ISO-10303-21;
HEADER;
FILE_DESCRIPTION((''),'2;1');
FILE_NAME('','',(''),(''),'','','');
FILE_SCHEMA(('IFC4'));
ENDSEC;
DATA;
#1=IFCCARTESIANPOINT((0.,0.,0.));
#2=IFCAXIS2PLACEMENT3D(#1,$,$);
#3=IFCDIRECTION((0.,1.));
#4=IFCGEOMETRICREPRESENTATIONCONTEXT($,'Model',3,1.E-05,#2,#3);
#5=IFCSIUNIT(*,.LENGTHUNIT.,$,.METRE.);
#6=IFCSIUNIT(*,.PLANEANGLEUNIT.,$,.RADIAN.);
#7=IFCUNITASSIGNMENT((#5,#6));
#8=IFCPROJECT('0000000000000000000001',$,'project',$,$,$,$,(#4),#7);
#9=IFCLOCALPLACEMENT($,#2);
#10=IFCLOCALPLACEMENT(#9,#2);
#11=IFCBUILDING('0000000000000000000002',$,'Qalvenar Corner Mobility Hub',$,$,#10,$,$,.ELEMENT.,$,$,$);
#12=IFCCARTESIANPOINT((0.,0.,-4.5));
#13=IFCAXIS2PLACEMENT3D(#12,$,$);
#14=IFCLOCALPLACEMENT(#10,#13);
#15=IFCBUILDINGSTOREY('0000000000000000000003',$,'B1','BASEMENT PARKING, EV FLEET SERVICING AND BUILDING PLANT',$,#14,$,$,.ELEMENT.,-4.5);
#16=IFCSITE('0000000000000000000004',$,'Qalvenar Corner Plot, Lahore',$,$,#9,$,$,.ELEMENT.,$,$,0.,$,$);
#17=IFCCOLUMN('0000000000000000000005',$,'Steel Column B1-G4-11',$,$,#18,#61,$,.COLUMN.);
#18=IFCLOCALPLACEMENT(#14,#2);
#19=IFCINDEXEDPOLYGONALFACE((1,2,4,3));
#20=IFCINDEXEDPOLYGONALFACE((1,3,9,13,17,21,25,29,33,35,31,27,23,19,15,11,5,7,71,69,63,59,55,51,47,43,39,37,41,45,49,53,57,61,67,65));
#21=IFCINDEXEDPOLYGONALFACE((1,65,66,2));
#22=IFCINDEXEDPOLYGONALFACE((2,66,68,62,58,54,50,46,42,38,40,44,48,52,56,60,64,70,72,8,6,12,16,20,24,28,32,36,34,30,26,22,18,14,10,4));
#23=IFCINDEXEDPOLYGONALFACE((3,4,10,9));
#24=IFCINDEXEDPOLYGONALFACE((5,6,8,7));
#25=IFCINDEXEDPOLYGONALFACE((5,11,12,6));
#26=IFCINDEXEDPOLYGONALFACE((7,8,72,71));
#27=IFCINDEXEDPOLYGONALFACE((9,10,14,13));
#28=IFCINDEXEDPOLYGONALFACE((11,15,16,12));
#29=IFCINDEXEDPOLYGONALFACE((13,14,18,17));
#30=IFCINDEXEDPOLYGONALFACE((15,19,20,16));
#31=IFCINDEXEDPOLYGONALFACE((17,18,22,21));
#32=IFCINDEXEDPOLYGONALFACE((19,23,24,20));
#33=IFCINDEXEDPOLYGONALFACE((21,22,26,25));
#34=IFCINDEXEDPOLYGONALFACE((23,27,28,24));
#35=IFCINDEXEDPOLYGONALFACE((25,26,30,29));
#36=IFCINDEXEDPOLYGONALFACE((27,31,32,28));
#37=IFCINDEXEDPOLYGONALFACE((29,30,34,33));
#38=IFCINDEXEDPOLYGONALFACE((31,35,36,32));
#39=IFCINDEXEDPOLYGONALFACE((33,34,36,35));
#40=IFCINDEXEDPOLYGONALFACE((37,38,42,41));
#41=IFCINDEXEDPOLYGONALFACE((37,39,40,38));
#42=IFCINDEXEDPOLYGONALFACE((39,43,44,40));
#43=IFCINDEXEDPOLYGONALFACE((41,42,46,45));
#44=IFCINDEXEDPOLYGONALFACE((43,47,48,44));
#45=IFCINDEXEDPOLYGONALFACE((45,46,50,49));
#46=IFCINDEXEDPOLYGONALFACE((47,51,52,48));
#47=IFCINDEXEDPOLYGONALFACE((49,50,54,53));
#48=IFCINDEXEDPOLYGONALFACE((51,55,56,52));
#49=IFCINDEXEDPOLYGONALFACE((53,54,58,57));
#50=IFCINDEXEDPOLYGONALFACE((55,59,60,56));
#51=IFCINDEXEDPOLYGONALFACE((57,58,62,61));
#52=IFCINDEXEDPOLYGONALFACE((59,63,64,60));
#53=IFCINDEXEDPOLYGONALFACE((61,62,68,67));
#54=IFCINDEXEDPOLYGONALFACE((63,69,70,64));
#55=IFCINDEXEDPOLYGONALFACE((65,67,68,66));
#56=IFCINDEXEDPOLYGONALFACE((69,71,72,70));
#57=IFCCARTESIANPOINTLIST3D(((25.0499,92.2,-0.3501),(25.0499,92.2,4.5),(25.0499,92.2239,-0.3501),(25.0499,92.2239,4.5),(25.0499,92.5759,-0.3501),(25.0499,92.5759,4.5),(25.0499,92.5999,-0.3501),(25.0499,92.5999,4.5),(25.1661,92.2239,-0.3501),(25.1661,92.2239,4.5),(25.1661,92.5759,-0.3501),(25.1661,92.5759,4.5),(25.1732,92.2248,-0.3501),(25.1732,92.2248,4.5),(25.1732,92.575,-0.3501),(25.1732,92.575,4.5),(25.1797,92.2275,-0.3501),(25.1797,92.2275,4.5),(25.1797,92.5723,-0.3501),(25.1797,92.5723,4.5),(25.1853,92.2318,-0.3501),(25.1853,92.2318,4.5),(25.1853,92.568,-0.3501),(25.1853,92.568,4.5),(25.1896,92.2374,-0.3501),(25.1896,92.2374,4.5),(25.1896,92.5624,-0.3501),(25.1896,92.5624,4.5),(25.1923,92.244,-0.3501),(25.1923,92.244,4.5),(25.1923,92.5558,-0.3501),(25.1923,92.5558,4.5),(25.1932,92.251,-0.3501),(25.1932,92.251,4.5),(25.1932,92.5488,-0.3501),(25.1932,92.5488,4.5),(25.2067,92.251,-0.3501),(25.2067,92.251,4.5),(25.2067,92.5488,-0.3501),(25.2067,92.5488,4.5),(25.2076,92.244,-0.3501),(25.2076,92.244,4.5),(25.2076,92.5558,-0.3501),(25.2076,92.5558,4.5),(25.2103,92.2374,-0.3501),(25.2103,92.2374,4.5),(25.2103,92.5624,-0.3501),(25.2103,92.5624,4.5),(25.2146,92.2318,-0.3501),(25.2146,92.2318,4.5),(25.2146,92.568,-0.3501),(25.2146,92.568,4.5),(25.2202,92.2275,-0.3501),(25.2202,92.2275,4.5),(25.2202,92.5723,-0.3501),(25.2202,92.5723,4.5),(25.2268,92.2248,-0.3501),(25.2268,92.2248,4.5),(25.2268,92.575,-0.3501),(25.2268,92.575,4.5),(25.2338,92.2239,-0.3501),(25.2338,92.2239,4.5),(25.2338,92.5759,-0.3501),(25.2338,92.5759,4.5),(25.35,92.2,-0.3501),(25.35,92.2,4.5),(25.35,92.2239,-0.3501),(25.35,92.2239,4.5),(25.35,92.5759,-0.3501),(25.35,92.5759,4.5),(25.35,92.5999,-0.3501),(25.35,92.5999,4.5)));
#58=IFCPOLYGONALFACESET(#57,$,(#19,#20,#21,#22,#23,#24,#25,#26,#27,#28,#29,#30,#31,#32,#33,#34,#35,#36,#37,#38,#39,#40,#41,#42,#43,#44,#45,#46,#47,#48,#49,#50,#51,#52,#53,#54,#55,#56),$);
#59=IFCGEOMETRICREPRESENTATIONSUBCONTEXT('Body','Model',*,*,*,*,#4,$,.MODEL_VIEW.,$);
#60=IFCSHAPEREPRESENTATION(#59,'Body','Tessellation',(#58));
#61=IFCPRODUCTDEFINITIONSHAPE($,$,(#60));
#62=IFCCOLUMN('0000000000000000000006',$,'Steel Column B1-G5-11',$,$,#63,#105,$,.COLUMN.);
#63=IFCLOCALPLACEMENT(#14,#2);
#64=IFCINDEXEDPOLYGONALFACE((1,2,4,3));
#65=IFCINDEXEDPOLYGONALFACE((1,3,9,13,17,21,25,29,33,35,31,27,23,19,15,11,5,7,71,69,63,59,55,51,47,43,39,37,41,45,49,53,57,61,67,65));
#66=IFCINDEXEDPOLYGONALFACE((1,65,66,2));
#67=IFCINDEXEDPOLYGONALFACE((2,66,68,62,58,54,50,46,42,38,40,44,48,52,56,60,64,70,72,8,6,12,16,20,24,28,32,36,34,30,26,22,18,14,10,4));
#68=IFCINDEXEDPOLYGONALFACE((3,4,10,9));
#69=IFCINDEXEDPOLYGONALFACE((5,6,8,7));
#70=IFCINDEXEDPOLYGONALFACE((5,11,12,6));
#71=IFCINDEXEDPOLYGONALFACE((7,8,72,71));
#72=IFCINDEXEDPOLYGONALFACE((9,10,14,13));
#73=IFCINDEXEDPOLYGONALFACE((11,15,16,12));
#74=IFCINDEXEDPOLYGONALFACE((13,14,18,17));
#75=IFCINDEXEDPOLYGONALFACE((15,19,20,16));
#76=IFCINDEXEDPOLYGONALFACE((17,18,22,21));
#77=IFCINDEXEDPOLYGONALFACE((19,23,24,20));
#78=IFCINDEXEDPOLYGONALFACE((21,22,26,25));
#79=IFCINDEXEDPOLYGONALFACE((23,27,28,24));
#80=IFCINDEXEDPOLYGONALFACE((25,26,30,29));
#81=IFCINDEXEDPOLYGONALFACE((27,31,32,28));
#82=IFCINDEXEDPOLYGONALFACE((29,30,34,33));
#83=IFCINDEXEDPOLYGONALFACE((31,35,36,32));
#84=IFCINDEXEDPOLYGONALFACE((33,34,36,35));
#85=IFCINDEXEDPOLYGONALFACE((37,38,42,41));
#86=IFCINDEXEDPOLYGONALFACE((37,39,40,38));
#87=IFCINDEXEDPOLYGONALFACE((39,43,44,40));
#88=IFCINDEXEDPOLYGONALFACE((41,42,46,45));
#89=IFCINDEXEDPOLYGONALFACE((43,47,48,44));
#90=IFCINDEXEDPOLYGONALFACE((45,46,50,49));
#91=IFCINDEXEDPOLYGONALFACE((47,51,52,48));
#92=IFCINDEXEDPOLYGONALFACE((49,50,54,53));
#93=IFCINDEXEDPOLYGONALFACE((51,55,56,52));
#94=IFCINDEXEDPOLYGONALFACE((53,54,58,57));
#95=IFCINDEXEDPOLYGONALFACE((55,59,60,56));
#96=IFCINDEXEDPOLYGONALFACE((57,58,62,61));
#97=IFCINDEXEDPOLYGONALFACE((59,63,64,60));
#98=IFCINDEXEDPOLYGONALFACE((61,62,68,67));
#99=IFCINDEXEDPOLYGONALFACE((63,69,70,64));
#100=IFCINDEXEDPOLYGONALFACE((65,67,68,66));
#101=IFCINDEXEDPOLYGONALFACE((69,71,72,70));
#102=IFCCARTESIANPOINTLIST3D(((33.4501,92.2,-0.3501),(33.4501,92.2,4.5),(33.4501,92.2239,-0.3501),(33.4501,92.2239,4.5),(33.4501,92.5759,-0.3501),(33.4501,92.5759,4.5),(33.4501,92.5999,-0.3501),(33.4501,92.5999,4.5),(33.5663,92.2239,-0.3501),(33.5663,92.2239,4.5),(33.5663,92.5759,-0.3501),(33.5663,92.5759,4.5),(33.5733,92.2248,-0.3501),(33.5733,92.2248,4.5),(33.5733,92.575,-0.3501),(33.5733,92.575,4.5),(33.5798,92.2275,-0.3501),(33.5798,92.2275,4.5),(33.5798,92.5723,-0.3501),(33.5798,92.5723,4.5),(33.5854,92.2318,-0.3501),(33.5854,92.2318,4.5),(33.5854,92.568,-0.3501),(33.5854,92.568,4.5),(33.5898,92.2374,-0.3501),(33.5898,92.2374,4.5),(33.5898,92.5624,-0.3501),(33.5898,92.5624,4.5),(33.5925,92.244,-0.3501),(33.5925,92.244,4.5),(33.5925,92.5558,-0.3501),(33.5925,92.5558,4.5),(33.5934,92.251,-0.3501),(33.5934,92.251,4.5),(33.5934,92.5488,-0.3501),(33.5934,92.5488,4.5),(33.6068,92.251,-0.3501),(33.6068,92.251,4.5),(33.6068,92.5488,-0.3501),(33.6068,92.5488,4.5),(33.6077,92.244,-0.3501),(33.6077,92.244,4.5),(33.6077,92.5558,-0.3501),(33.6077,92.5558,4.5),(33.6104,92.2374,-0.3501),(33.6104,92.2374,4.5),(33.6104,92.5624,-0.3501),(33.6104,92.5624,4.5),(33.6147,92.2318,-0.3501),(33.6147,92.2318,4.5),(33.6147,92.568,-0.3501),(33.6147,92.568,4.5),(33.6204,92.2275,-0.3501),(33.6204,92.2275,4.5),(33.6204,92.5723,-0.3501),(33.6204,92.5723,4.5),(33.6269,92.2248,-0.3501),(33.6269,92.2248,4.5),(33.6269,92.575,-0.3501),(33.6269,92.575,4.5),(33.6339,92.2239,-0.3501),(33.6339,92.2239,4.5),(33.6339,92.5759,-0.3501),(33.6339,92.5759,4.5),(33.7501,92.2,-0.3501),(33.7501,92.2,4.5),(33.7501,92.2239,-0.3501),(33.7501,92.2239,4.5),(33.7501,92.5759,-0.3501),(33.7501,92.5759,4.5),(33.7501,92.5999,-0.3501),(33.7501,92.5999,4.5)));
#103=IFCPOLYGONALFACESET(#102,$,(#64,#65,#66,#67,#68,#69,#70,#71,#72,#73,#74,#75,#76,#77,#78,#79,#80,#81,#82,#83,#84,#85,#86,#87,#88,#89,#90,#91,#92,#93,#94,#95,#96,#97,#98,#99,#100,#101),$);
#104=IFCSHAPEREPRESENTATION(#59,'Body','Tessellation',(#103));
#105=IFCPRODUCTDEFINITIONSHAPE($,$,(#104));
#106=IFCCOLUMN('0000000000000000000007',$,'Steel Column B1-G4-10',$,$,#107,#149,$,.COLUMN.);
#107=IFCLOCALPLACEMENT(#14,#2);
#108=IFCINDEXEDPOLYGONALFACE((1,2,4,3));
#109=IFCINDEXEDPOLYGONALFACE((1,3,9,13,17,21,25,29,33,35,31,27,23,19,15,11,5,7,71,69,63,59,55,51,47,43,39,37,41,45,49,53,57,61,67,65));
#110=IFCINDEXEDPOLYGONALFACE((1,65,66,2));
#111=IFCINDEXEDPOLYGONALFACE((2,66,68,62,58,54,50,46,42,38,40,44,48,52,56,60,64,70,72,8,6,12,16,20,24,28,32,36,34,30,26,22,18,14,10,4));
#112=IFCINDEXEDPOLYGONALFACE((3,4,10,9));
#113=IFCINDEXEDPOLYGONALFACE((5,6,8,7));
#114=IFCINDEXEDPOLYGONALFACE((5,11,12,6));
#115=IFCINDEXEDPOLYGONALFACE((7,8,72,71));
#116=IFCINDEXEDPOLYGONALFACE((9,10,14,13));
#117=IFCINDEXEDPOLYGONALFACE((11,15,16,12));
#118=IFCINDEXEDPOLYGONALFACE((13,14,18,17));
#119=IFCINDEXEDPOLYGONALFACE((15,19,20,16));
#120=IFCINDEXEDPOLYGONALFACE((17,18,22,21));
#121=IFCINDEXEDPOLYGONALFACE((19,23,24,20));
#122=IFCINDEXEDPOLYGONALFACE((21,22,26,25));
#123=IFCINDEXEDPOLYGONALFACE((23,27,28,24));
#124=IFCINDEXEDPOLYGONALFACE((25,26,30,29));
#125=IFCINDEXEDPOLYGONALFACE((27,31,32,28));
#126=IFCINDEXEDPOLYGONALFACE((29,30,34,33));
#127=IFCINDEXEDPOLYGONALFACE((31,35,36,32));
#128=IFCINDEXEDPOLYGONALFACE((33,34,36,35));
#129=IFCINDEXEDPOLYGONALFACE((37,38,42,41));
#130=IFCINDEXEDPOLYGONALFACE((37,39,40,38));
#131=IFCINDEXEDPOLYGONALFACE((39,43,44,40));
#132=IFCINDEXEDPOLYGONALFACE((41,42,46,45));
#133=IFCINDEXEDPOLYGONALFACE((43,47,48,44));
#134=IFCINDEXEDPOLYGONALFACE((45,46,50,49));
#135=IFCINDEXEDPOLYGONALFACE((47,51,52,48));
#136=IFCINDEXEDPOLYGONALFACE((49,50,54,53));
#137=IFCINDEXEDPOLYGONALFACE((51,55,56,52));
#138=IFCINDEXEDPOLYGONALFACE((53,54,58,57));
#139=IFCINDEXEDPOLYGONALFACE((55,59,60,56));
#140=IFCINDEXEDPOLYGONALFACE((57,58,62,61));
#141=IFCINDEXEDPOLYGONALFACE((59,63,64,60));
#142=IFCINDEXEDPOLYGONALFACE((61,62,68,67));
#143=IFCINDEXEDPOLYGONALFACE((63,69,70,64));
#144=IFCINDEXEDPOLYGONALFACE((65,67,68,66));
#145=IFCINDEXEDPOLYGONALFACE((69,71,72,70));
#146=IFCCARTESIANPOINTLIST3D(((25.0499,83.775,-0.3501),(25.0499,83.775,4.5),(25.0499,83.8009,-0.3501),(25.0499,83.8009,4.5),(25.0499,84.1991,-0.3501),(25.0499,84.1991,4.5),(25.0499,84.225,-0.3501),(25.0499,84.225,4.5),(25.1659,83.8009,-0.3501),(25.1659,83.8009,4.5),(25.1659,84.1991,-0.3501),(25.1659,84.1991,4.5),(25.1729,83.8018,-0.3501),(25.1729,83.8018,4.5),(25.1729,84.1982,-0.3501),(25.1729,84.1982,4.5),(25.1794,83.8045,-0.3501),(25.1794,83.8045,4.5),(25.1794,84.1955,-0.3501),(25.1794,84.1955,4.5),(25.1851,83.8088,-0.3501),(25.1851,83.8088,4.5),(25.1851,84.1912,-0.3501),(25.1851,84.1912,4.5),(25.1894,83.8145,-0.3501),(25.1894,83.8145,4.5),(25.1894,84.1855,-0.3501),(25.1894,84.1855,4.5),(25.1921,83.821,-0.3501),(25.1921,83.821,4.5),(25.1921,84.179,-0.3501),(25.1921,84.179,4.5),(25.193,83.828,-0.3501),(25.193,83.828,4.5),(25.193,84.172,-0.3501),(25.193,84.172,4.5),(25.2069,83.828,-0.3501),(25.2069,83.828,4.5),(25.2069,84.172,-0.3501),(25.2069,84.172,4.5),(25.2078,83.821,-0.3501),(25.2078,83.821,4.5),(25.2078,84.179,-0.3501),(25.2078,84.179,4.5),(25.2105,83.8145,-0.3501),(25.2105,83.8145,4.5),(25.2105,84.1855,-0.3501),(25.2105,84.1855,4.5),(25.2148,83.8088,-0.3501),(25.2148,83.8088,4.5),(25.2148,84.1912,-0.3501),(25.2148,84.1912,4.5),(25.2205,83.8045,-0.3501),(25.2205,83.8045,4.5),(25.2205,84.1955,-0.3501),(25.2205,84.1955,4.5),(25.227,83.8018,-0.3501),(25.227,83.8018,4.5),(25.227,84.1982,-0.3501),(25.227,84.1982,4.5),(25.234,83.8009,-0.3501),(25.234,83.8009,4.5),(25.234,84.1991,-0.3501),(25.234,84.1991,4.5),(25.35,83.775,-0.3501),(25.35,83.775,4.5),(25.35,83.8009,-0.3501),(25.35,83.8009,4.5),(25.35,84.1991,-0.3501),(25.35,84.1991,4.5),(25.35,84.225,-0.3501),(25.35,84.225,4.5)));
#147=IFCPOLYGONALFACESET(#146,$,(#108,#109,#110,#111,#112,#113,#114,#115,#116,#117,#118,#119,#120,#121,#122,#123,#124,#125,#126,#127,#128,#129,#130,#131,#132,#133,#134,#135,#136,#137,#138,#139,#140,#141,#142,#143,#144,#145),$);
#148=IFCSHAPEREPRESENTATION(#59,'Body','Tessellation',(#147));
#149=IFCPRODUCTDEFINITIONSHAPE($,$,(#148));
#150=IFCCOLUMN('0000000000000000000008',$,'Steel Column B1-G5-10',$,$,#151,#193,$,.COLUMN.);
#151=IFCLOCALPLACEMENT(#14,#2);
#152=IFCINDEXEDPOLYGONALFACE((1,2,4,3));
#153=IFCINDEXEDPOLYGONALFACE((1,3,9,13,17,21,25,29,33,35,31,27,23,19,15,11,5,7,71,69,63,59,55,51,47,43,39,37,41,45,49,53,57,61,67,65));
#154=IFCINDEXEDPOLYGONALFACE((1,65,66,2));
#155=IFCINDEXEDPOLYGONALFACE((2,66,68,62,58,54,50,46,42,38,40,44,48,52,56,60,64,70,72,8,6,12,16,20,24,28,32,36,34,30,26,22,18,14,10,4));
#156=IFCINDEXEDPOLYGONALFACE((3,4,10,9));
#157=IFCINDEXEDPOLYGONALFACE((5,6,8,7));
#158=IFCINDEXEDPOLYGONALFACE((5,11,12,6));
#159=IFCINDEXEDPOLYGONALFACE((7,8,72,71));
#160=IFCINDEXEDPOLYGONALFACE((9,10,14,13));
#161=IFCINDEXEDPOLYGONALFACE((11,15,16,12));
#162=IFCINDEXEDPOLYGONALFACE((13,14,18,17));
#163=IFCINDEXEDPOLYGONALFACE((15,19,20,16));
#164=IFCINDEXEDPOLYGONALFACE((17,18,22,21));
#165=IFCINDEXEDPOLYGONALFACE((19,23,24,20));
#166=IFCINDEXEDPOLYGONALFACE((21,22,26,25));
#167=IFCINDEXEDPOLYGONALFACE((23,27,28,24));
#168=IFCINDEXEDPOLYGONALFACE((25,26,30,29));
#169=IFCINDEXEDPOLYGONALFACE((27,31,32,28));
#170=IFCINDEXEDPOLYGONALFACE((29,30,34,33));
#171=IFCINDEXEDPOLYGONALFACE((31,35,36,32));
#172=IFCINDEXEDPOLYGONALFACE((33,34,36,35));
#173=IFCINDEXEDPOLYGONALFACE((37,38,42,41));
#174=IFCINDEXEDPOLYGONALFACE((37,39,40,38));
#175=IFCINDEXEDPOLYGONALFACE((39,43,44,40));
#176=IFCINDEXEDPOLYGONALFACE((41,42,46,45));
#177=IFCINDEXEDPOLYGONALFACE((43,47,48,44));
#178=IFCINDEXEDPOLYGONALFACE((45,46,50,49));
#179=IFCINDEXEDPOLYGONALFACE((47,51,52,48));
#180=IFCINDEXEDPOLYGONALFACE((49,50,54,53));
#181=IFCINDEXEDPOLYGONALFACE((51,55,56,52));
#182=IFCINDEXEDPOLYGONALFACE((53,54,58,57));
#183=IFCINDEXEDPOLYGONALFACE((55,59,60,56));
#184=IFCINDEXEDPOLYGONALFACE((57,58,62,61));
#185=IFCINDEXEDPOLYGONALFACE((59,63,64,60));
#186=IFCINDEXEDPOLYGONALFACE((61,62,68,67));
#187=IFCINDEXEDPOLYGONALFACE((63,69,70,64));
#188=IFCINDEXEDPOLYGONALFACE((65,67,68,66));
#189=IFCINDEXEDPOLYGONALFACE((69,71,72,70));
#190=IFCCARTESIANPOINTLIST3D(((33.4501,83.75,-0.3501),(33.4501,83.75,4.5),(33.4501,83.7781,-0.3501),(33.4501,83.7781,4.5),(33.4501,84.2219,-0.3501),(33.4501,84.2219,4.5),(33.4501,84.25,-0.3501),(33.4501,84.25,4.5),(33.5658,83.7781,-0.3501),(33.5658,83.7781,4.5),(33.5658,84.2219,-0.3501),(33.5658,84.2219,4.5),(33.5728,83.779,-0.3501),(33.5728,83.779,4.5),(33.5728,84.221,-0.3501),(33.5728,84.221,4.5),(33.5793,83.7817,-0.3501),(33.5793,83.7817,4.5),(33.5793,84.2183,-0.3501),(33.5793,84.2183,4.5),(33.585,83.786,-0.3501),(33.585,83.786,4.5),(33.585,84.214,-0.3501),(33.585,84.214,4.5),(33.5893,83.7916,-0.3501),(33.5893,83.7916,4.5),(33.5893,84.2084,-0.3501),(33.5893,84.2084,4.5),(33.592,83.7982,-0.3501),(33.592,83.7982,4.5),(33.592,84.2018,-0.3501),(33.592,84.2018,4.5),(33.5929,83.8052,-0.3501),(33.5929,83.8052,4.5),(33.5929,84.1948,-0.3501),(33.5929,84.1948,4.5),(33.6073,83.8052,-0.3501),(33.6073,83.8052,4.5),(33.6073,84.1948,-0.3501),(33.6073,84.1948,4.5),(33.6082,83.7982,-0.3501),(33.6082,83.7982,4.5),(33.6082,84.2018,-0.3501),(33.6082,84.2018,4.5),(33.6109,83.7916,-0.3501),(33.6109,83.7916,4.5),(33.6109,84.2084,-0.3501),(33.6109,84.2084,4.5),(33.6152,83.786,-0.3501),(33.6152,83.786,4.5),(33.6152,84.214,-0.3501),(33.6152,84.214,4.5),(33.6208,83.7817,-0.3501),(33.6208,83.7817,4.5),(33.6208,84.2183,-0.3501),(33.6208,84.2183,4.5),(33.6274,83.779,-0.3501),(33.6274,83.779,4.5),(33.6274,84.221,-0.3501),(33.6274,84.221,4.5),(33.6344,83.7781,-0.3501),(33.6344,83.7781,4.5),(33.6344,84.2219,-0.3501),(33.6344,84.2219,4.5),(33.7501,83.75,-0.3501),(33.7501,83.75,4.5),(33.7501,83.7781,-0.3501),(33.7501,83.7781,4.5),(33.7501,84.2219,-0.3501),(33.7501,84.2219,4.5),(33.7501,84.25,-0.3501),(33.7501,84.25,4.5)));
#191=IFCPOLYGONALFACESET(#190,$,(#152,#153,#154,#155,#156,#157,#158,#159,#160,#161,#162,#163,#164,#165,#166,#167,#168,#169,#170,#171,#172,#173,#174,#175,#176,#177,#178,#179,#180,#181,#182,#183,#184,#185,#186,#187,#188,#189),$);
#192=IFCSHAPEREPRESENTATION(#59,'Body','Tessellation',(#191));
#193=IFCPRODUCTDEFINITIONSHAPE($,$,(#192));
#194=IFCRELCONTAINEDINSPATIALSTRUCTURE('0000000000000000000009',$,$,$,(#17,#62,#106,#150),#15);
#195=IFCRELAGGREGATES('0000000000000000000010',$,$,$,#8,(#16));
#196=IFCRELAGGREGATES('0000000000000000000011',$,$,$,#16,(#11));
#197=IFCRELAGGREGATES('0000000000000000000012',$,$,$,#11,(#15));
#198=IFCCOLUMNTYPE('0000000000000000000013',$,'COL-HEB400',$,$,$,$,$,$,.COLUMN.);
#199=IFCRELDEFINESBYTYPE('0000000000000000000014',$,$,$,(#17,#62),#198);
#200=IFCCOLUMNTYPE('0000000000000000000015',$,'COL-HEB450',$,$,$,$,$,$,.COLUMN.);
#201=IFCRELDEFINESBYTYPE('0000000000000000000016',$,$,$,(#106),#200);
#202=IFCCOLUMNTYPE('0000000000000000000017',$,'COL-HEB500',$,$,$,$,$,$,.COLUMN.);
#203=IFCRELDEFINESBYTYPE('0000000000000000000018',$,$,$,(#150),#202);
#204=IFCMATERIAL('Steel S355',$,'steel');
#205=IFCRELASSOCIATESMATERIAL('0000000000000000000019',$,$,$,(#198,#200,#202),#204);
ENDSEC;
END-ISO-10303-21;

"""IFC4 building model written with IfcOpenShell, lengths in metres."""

from ifc_helpers import new_model, si_unit, direction, frame, origin, origin_2d, place, context, subcontext, project, spatial, i_section, extrude, material, material_profile, profile_set, type_object, element, save


model = new_model("IFC4")

# Units and contexts
model_context = context("Model", 3, precision=1e-05, world=origin(), true_north=direction((0.0, 1.0)))
body_context = subcontext(model_context, "Body", "Model", "MODEL_VIEW")
ifc_project = project(units=[si_unit("LENGTHUNIT", "METRE"), si_unit("PLANEANGLEUNIT", "RADIAN")], contexts=[model_context])

# Site, building, storey
site_placement = place(None, origin())
site = spatial("IfcSite", under=ifc_project, at=site_placement, Name="Qalvenar Corner Plot, Lahore", CompositionType="ELEMENT", RefElevation=0.0)
building_placement = place(site_placement, origin())
building = spatial("IfcBuilding", under=site, at=building_placement, Name="Qalvenar Corner Mobility Hub", CompositionType="ELEMENT")
storey_placement = place(building_placement, frame((0.0, 0.0, -4.5)))
storey = spatial("IfcBuildingStorey", under=building, at=storey_placement, Name="B1", Description="BASEMENT PARKING, EV FLEET SERVICING AND BUILDING PLANT", CompositionType="ELEMENT", Elevation=-4.5)

# Columns
ifc_material_1 = material(Name="Steel S355", Category="steel")
ifc_material_profile_1 = material_profile(ifc_material_1, i_section(OverallWidth=0.3, OverallDepth=0.3999, WebThickness=0.0134, FlangeThickness=0.0239, FilletRadius=0.0271, at=origin_2d()), Name="HEB400")
ifc_profile_set_1 = profile_set([ifc_material_profile_1], Name="Steel S355")
column_type_1 = type_object("IfcColumnType", Name="COL-HEB400", PredefinedType="COLUMN", material=ifc_profile_set_1)
for number, where, z_axis, x_axis, name in (
    (1, (25.2, 92.3999, -0.3501), (0.0, 0.0, 1.0), (1.0, 0.0, 0.0), "Steel Column B1-G4-11"),
    (2, (33.6001, 92.3999, -0.3501), (0.0, 0.0, 1.0), (1.0, 0.0, 0.0), "Steel Column B1-G5-11"),
):
    element("IfcColumn", number, at=place(storey_placement, frame(where, z_axis=z_axis, x_axis=x_axis)), inside=storey, type_object=column_type_1, Name=name, PredefinedType="COLUMN", context=body_context, shape_type="SweptSolid", body=[
        extrude(i_section(OverallWidth=0.3, OverallDepth=0.3999, WebThickness=0.0134, FlangeThickness=0.0239, FilletRadius=0.0271, at=origin_2d()), origin(), (0.0, 0.0, 1.0), 4.8501),
    ])
ifc_material_profile_2 = material_profile(ifc_material_1, i_section(OverallWidth=0.3, OverallDepth=0.45, WebThickness=0.0139, FlangeThickness=0.0259, FilletRadius=0.0271, at=origin_2d()), Name="HEB450")
ifc_profile_set_2 = profile_set([ifc_material_profile_2], Name="Steel S355")
column_type_2 = type_object("IfcColumnType", Name="COL-HEB450", PredefinedType="COLUMN", material=ifc_profile_set_2)
column_1_placement = place(storey_placement, frame((25.2, 84.0, -0.3501), z_axis=(0.0, 0.0, 1.0), x_axis=(1.0, 0.0, 0.0)))
element("IfcColumn", 3, at=column_1_placement, inside=storey, type_object=column_type_2, Name="Steel Column B1-G4-10", PredefinedType="COLUMN", context=body_context, shape_type="SweptSolid", body=[
    extrude(i_section(OverallWidth=0.3, OverallDepth=0.45, WebThickness=0.0139, FlangeThickness=0.0259, FilletRadius=0.0271, at=origin_2d()), origin(), (0.0, 0.0, 1.0), 4.8501),
])
ifc_material_profile_3 = material_profile(ifc_material_1, i_section(OverallWidth=0.3, OverallDepth=0.5, WebThickness=0.0144, FlangeThickness=0.0281, FilletRadius=0.0271, at=origin_2d()), Name="HEB500")
ifc_profile_set_3 = profile_set([ifc_material_profile_3], Name="Steel S355")
column_type_3 = type_object("IfcColumnType", Name="COL-HEB500", PredefinedType="COLUMN", material=ifc_profile_set_3)
column_2_placement = place(storey_placement, frame((33.6001, 84.0, -0.3501), z_axis=(0.0, 0.0, 1.0), x_axis=(1.0, 0.0, 0.0)))
element("IfcColumn", 4, at=column_2_placement, inside=storey, type_object=column_type_3, Name="Steel Column B1-G5-10", PredefinedType="COLUMN", context=body_context, shape_type="SweptSolid", body=[
    extrude(i_section(OverallWidth=0.3, OverallDepth=0.5, WebThickness=0.0144, FlangeThickness=0.0281, FilletRadius=0.0271, at=origin_2d()), origin(), (0.0, 0.0, 1.0), 4.8501),
])

save(model, "model.ifc")
